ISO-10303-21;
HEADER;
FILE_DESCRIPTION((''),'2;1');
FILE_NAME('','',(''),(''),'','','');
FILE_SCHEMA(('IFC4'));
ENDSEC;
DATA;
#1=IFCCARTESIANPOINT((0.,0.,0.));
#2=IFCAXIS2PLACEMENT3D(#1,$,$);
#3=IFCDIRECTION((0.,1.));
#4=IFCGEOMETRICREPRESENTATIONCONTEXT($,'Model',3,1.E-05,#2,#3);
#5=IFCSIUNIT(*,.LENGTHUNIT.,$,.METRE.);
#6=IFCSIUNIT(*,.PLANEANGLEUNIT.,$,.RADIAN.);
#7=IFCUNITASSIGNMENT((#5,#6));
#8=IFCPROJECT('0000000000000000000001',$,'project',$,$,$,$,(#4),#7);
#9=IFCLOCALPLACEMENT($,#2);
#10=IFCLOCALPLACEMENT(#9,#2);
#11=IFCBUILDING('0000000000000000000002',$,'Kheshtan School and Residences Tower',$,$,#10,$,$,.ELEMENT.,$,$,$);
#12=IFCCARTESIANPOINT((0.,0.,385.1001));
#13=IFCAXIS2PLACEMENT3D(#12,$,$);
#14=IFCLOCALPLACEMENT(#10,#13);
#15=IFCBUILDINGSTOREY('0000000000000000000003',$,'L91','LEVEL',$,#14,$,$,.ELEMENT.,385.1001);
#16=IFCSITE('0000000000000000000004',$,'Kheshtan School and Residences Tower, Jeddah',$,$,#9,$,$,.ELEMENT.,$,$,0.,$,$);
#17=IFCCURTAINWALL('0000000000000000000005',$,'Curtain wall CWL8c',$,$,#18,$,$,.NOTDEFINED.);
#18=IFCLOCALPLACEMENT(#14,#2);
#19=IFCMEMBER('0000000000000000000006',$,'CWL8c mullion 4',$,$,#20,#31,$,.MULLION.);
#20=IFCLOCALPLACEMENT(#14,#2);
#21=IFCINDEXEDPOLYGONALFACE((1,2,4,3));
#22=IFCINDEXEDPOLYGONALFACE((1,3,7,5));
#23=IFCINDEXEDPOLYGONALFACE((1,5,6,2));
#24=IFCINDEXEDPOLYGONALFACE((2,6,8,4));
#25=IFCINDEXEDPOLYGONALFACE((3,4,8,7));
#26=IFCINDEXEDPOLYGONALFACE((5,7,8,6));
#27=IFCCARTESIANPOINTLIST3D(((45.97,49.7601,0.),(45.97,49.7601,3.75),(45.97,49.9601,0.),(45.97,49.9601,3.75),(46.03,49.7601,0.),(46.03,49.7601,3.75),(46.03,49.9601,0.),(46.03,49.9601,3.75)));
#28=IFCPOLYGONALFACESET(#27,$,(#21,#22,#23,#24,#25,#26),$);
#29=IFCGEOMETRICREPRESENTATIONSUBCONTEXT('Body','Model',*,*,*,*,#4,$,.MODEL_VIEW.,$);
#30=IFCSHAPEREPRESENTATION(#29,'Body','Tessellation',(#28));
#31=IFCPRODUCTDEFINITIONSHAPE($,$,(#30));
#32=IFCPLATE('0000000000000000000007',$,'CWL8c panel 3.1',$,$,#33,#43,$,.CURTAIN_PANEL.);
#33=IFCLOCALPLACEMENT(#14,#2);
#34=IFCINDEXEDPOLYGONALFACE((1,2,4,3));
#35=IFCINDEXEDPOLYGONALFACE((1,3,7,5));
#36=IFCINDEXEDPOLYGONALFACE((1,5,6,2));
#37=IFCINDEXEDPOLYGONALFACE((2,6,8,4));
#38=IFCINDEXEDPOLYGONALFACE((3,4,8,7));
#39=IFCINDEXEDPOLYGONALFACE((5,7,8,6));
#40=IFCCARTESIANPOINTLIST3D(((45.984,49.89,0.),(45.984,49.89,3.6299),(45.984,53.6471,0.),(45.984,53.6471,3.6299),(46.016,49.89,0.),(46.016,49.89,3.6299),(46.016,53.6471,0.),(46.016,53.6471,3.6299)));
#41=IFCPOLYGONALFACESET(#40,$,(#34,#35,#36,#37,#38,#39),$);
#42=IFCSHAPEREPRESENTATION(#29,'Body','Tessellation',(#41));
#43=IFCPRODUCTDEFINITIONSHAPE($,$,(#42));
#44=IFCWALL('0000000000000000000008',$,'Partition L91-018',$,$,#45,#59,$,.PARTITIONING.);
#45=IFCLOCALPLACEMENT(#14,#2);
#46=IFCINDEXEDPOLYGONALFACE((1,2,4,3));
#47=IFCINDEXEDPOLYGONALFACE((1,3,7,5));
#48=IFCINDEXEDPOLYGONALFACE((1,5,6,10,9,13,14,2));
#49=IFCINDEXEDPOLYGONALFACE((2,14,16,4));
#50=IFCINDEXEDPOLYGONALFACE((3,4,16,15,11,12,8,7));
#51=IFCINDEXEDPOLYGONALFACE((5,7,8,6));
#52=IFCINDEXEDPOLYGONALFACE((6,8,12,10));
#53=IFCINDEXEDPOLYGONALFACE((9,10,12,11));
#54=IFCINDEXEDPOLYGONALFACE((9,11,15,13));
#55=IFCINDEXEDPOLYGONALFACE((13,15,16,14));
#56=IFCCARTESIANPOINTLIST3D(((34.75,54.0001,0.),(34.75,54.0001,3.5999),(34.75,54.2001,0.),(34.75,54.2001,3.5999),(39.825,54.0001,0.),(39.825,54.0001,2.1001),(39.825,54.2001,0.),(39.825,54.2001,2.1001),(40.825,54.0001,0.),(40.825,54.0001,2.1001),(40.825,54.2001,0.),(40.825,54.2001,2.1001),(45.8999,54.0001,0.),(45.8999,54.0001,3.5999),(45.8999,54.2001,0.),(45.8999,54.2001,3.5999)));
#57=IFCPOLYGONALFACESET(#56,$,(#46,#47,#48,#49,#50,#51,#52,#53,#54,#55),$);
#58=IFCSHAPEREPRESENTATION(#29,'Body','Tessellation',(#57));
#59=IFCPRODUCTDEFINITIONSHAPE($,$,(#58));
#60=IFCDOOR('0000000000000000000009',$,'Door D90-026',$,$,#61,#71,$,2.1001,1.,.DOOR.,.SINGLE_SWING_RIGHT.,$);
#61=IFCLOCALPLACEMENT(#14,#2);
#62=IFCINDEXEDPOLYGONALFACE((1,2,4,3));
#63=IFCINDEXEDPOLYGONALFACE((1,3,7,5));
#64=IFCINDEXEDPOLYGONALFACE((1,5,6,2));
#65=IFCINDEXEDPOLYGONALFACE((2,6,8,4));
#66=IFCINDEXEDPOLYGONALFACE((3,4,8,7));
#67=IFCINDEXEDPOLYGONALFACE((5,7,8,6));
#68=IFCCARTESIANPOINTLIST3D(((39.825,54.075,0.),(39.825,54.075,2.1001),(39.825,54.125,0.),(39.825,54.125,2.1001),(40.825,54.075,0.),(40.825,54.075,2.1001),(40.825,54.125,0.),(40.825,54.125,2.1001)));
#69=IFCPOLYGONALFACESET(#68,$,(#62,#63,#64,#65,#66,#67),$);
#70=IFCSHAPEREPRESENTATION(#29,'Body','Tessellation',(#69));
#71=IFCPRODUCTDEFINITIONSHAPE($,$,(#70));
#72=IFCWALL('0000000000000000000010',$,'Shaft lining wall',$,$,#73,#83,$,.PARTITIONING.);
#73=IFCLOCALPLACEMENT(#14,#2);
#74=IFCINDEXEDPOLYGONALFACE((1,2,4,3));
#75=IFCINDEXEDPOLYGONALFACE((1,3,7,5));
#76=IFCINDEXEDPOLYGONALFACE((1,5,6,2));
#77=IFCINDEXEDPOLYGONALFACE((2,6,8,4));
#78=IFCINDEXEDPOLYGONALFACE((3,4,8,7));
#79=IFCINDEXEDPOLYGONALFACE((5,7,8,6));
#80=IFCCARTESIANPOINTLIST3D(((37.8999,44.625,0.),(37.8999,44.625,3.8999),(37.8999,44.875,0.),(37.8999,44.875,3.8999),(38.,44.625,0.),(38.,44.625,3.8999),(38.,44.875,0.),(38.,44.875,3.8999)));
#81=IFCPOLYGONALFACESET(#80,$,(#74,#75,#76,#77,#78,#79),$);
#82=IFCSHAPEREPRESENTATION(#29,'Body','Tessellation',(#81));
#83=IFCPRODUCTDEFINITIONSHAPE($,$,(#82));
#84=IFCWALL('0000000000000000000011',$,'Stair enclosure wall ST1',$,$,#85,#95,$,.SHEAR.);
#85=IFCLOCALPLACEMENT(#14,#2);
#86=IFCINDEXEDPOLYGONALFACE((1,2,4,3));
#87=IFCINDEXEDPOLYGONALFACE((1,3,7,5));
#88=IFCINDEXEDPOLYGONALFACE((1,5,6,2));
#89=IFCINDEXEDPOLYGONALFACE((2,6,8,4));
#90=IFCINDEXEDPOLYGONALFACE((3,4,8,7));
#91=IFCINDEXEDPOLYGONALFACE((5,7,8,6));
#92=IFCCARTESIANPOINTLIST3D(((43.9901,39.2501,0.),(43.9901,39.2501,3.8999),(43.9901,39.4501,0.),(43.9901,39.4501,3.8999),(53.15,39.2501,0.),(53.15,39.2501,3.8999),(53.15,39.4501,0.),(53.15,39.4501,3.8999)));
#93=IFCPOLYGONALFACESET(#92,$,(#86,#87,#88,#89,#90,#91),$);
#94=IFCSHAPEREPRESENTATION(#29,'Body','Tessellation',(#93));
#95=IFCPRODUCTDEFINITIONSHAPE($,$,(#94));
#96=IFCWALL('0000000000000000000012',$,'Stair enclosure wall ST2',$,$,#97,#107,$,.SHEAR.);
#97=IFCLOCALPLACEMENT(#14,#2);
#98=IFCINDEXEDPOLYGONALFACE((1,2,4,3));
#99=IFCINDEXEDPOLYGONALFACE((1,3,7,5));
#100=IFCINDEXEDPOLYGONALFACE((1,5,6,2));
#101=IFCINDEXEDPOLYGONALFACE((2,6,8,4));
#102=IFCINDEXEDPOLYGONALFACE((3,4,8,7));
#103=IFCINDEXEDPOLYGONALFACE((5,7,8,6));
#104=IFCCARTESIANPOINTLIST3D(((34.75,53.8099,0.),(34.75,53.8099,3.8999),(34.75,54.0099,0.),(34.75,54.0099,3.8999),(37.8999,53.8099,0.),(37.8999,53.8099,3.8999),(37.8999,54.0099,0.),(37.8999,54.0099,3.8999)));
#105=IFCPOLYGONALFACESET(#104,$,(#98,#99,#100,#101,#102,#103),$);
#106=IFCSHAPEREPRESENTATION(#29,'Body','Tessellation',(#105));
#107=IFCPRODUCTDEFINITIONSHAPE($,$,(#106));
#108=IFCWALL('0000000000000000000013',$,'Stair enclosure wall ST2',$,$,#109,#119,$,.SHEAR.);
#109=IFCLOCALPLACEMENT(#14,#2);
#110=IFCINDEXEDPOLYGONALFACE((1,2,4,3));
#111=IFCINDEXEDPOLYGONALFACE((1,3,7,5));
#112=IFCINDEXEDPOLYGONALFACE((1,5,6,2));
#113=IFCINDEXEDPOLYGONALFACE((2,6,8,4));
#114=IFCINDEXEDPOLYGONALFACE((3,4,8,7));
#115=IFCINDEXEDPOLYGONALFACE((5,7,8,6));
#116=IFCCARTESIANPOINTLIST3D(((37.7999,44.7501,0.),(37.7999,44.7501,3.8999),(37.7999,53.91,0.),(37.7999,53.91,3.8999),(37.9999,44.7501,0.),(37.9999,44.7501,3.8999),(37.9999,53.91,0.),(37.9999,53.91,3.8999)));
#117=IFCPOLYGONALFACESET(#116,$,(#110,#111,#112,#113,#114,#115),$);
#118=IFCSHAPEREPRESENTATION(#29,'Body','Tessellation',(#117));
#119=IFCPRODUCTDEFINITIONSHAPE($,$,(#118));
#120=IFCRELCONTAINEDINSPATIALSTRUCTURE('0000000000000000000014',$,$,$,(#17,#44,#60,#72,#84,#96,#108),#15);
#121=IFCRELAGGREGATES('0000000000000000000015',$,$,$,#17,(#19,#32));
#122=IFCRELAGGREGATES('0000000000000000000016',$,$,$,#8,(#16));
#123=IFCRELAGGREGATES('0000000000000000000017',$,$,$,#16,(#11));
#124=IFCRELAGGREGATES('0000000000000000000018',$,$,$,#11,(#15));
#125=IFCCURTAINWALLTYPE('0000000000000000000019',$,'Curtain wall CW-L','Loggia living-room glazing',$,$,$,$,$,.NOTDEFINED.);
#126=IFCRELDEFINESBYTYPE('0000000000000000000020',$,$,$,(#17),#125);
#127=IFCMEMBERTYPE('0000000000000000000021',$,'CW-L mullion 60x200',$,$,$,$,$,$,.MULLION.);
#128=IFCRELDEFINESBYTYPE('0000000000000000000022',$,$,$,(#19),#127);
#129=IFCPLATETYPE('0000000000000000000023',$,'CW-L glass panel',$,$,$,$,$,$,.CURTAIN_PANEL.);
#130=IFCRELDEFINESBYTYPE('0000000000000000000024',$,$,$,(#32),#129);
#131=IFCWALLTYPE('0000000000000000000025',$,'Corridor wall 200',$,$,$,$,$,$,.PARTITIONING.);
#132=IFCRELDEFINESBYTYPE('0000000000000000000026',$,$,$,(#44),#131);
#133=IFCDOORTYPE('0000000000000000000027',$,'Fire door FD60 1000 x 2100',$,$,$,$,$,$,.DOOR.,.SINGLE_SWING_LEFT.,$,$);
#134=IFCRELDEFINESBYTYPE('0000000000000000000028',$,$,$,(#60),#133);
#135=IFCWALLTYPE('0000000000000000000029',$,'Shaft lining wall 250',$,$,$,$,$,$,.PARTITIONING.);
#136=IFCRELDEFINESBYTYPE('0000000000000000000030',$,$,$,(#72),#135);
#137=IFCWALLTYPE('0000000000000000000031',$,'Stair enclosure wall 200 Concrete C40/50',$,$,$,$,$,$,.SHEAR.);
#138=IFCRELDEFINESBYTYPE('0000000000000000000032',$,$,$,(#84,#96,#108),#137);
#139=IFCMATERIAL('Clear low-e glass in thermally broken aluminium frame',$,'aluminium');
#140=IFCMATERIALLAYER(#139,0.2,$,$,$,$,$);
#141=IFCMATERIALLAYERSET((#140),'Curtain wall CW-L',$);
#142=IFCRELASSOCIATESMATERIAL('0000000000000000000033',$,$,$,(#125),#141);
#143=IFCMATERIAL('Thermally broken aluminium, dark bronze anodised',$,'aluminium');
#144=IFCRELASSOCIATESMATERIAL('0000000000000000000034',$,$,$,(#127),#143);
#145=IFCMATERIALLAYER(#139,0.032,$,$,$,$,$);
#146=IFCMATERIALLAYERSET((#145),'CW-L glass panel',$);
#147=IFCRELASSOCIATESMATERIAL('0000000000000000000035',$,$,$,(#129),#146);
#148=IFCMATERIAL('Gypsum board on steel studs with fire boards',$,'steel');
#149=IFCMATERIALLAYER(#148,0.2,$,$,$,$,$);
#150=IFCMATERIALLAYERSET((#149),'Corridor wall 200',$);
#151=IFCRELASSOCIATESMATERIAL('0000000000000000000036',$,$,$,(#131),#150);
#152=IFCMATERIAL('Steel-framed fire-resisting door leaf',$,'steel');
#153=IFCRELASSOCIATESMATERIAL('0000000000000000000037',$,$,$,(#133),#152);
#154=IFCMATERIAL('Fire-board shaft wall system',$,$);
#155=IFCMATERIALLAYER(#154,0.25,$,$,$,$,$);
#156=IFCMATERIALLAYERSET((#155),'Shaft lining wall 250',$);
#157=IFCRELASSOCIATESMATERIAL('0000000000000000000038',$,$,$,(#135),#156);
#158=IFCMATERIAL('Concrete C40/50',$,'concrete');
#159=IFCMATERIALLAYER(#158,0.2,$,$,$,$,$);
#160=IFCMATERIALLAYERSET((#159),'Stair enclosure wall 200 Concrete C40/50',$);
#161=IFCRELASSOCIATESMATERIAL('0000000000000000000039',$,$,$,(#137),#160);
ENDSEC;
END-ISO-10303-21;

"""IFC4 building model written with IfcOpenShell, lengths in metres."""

from ifc_helpers import new_model, si_unit, direction, frame, frame_2d, origin, origin_2d, place, context, subcontext, project, spatial, rectangle, extrude, source, transform, mapped, material, layer, layer_set, material_profile, profile_set, type_object, element, fill, aggregate, save


model = new_model("IFC4")

# Units and contexts
model_context = context("Model", 3, precision=1e-05, world=origin(), true_north=direction((0.0, 1.0)))
body_context = subcontext(model_context, "Body", "Model", "MODEL_VIEW")
ifc_project = project(units=[si_unit("LENGTHUNIT", "METRE"), si_unit("PLANEANGLEUNIT", "RADIAN")], contexts=[model_context])

# Site, building, storey
site_placement = place(None, origin())
site = spatial("IfcSite", under=ifc_project, at=site_placement, Name="Kheshtan School and Residences Tower, Jeddah", CompositionType="ELEMENT", RefElevation=0.0)
building_placement = place(site_placement, origin())
building = spatial("IfcBuilding", under=site, at=building_placement, Name="Kheshtan School and Residences Tower", CompositionType="ELEMENT")
storey_placement = place(building_placement, frame((0.0, 0.0, 385.1001)))
storey = spatial("IfcBuildingStorey", under=building, at=storey_placement, Name="L91", Description="LEVEL", CompositionType="ELEMENT", Elevation=385.1001)

# Curtain wall, member, plate
ifc_material_1 = material(Name="Clear low-e glass in thermally broken aluminium frame", Category="aluminium")
ifc_layer_1 = layer(ifc_material_1, 0.2)
ifc_layer_set_1 = layer_set([ifc_layer_1], Name="Curtain wall CW-L")
curtain_wall_type = type_object("IfcCurtainWallType", Name="Curtain wall CW-L", Description="Loggia living-room glazing", PredefinedType="NOTDEFINED", material=ifc_layer_set_1)
curtain_wall_placement = place(storey_placement, origin())
curtain_wall = element("IfcCurtainWall", 1, at=curtain_wall_placement, inside=storey, type_object=curtain_wall_type, Name="Curtain wall CWL8c", PredefinedType="NOTDEFINED")
ifc_material_2 = material(Name="Thermally broken aluminium, dark bronze anodised", Category="aluminium")
ifc_material_profile = material_profile(ifc_material_2, rectangle(XDim=0.0601, YDim=0.2, at=origin_2d()), Name="CW-L mullion 60x200")
ifc_profile_set = profile_set([ifc_material_profile], Name="Thermally broken aluminium, dark bronze anodised")
member_type = type_object("IfcMemberType", Name="CW-L mullion 60x200", PredefinedType="MULLION", material=ifc_profile_set)
member_placement = place(storey_placement, frame((46.0, 49.8601, 0.0), z_axis=(0.0, 0.0, 1.0), x_axis=(1.0, 0.0, 0.0)))
member = element("IfcMember", 2, at=member_placement, type_object=member_type, Name="CWL8c mullion 4", PredefinedType="MULLION", context=body_context, shape_type="SweptSolid", body=[
    extrude(rectangle(XDim=0.0601, YDim=0.2, at=origin_2d()), origin(), (0.0, 0.0, 1.0), 3.75),
])
ifc_layer_2 = layer(ifc_material_1, 0.032)
ifc_layer_set_2 = layer_set([ifc_layer_2], Name="CW-L glass panel")
plate_type = type_object("IfcPlateType", Name="CW-L glass panel", PredefinedType="CURTAIN_PANEL", material=ifc_layer_set_2)
plate_placement = place(storey_placement, frame((46.0, 51.7686, 0.0), z_axis=(0.0, 0.0, 1.0), x_axis=(0.0, -1.0, 0.0)))
plate = element("IfcPlate", 3, at=plate_placement, type_object=plate_type, Name="CWL8c panel 3.1", PredefinedType="CURTAIN_PANEL", context=body_context, shape_type="SweptSolid", body=[
    extrude(rectangle(XDim=3.7571, YDim=0.032, at=origin_2d()), origin(), (0.0, 0.0, 1.0), 3.6299),
])
aggregate(curtain_wall, [member, plate])

# Wall, opening, door
ifc_material_3 = material(Name="Gypsum board on steel studs with fire boards", Category="steel")
ifc_layer_3 = layer(ifc_material_3, 0.2)
ifc_layer_set_3 = layer_set([ifc_layer_3], Name="Corridor wall 200")
wall_type_1 = type_object("IfcWallType", Name="Corridor wall 200", PredefinedType="PARTITIONING", material=ifc_layer_set_3)
wall_1_placement = place(storey_placement, frame((34.75, 54.1001, 0.0), z_axis=(0.0, 0.0, 1.0), x_axis=(1.0, 0.0, 0.0)))
wall_1 = element("IfcWall", 4, at=wall_1_placement, inside=storey, type_object=wall_type_1, Name="Partition L91-018", PredefinedType="PARTITIONING", context=body_context, shape_type="SweptSolid", body=[
    extrude(rectangle(XDim=11.1499, YDim=0.2, at=frame_2d((5.575, 0.0))), origin(), (0.0, 0.0, 1.0), 3.5999),
])
opening_1_placement = place(wall_1_placement, frame((5.075, 0.0, 0.0)))
opening_1 = element("IfcOpeningElement", 5, at=opening_1_placement, cuts=wall_1, PredefinedType="OPENING", context=body_context, shape_type="SweptSolid", body=[
    extrude(rectangle(XDim=1.0, YDim=2.1001, at=frame_2d((0.5, 1.05))), frame((0.0, 0.1099, 0.0), z_axis=(0.0, -1.0, 0.0), x_axis=(1.0, 0.0, 0.0)), (0.0, 0.0, 1.0), 0.22),
])
ifc_material_4 = material(Name="Steel-framed fire-resisting door leaf", Category="steel")
door_type_1 = type_object("IfcDoorType", Name="Fire door FD60 1000 x 2100", OperationType="SINGLE_SWING_LEFT", PredefinedType="DOOR", material=ifc_material_4)
shared_shape_1 = source(origin(), body_context, "Body", "SweptSolid", [
    extrude(rectangle(XDim=1.0, YDim=2.1001, at=frame_2d((0.5, 1.05))), frame((0.0, 0.0249, 0.0), z_axis=(0.0, -1.0, 0.0), x_axis=(1.0, 0.0, 0.0)), (0.0, 0.0, 1.0), 0.05),
])
door_1_placement = place(opening_1_placement, origin())
door_1 = element("IfcDoor", 6, at=door_1_placement, inside=storey, type_object=door_type_1, Name="Door D90-026", OperationType="SINGLE_SWING_RIGHT", OverallHeight=2.1001, OverallWidth=1.0, PredefinedType="DOOR", context=body_context, shape_type="MappedRepresentation", body=[
    mapped(shared_shape_1, transform((0.0, 0.0, 0.0), x_axis=(1.0, 0.0, 0.0), y_axis=(0.0, 1.0, 0.0), z_axis=(0.0, 0.0, 1.0), scale=1.0)),
])
fill(opening_1, door_1)

# Walls
ifc_material_5 = material(Name="Fire-board shaft wall system")
ifc_layer_4 = layer(ifc_material_5, 0.25)
ifc_layer_set_4 = layer_set([ifc_layer_4], Name="Shaft lining wall 250")
wall_type_2 = type_object("IfcWallType", Name="Shaft lining wall 250", PredefinedType="PARTITIONING", material=ifc_layer_set_4)
wall_2_placement = place(storey_placement, frame((37.8999, 44.75, 0.0), z_axis=(0.0, 0.0, 1.0), x_axis=(1.0, 0.0, 0.0)))
element("IfcWall", 7, at=wall_2_placement, inside=storey, type_object=wall_type_2, Name="Shaft lining wall", PredefinedType="PARTITIONING", context=body_context, shape_type="SweptSolid", body=[
    extrude(rectangle(XDim=0.1001, YDim=0.25, at=frame_2d((0.05, 0.0))), origin(), (0.0, 0.0, 1.0), 3.8999),
])
ifc_material_6 = material(Name="Concrete C40/50", Category="concrete")
ifc_layer_5 = layer(ifc_material_6, 0.2)
ifc_layer_set_5 = layer_set([ifc_layer_5], Name="Stair enclosure wall 200 Concrete C40/50")
wall_type_3 = type_object("IfcWallType", Name="Stair enclosure wall 200 Concrete C40/50", PredefinedType="SHEAR", material=ifc_layer_set_5)
wall_3_placement = place(storey_placement, frame((43.99, 39.3501, 0.0), z_axis=(0.0, 0.0, 1.0), x_axis=(1.0, 0.0, 0.0)))
element("IfcWall", 8, at=wall_3_placement, inside=storey, type_object=wall_type_3, Name="Stair enclosure wall ST1", PredefinedType="SHEAR", context=body_context, shape_type="SweptSolid", body=[
    extrude(rectangle(XDim=9.1599, YDim=0.2, at=frame_2d((4.5801, 0.0))), origin(), (0.0, 0.0, 1.0), 3.8999),
])
wall_4_placement = place(storey_placement, frame((34.75, 53.9099, 0.0), z_axis=(0.0, 0.0, 1.0), x_axis=(1.0, 0.0, 0.0)))
element("IfcWall", 9, at=wall_4_placement, inside=storey, type_object=wall_type_3, Name="Stair enclosure wall ST2", PredefinedType="SHEAR", context=body_context, shape_type="SweptSolid", body=[
    extrude(rectangle(XDim=3.1499, YDim=0.2, at=frame_2d((1.575, 0.0))), origin(), (0.0, 0.0, 1.0), 3.8999),
])
wall_5_placement = place(storey_placement, frame((37.8999, 44.75, 0.0), z_axis=(0.0, 0.0, 1.0), x_axis=(0.0, 1.0, 0.0)))
element("IfcWall", 10, at=wall_5_placement, inside=storey, type_object=wall_type_3, Name="Stair enclosure wall ST2", PredefinedType="SHEAR", context=body_context, shape_type="SweptSolid", body=[
    extrude(rectangle(XDim=9.1599, YDim=0.2, at=frame_2d((4.5801, 0.0))), origin(), (0.0, 0.0, 1.0), 3.8999),
])

save(model, "model.ifc")
